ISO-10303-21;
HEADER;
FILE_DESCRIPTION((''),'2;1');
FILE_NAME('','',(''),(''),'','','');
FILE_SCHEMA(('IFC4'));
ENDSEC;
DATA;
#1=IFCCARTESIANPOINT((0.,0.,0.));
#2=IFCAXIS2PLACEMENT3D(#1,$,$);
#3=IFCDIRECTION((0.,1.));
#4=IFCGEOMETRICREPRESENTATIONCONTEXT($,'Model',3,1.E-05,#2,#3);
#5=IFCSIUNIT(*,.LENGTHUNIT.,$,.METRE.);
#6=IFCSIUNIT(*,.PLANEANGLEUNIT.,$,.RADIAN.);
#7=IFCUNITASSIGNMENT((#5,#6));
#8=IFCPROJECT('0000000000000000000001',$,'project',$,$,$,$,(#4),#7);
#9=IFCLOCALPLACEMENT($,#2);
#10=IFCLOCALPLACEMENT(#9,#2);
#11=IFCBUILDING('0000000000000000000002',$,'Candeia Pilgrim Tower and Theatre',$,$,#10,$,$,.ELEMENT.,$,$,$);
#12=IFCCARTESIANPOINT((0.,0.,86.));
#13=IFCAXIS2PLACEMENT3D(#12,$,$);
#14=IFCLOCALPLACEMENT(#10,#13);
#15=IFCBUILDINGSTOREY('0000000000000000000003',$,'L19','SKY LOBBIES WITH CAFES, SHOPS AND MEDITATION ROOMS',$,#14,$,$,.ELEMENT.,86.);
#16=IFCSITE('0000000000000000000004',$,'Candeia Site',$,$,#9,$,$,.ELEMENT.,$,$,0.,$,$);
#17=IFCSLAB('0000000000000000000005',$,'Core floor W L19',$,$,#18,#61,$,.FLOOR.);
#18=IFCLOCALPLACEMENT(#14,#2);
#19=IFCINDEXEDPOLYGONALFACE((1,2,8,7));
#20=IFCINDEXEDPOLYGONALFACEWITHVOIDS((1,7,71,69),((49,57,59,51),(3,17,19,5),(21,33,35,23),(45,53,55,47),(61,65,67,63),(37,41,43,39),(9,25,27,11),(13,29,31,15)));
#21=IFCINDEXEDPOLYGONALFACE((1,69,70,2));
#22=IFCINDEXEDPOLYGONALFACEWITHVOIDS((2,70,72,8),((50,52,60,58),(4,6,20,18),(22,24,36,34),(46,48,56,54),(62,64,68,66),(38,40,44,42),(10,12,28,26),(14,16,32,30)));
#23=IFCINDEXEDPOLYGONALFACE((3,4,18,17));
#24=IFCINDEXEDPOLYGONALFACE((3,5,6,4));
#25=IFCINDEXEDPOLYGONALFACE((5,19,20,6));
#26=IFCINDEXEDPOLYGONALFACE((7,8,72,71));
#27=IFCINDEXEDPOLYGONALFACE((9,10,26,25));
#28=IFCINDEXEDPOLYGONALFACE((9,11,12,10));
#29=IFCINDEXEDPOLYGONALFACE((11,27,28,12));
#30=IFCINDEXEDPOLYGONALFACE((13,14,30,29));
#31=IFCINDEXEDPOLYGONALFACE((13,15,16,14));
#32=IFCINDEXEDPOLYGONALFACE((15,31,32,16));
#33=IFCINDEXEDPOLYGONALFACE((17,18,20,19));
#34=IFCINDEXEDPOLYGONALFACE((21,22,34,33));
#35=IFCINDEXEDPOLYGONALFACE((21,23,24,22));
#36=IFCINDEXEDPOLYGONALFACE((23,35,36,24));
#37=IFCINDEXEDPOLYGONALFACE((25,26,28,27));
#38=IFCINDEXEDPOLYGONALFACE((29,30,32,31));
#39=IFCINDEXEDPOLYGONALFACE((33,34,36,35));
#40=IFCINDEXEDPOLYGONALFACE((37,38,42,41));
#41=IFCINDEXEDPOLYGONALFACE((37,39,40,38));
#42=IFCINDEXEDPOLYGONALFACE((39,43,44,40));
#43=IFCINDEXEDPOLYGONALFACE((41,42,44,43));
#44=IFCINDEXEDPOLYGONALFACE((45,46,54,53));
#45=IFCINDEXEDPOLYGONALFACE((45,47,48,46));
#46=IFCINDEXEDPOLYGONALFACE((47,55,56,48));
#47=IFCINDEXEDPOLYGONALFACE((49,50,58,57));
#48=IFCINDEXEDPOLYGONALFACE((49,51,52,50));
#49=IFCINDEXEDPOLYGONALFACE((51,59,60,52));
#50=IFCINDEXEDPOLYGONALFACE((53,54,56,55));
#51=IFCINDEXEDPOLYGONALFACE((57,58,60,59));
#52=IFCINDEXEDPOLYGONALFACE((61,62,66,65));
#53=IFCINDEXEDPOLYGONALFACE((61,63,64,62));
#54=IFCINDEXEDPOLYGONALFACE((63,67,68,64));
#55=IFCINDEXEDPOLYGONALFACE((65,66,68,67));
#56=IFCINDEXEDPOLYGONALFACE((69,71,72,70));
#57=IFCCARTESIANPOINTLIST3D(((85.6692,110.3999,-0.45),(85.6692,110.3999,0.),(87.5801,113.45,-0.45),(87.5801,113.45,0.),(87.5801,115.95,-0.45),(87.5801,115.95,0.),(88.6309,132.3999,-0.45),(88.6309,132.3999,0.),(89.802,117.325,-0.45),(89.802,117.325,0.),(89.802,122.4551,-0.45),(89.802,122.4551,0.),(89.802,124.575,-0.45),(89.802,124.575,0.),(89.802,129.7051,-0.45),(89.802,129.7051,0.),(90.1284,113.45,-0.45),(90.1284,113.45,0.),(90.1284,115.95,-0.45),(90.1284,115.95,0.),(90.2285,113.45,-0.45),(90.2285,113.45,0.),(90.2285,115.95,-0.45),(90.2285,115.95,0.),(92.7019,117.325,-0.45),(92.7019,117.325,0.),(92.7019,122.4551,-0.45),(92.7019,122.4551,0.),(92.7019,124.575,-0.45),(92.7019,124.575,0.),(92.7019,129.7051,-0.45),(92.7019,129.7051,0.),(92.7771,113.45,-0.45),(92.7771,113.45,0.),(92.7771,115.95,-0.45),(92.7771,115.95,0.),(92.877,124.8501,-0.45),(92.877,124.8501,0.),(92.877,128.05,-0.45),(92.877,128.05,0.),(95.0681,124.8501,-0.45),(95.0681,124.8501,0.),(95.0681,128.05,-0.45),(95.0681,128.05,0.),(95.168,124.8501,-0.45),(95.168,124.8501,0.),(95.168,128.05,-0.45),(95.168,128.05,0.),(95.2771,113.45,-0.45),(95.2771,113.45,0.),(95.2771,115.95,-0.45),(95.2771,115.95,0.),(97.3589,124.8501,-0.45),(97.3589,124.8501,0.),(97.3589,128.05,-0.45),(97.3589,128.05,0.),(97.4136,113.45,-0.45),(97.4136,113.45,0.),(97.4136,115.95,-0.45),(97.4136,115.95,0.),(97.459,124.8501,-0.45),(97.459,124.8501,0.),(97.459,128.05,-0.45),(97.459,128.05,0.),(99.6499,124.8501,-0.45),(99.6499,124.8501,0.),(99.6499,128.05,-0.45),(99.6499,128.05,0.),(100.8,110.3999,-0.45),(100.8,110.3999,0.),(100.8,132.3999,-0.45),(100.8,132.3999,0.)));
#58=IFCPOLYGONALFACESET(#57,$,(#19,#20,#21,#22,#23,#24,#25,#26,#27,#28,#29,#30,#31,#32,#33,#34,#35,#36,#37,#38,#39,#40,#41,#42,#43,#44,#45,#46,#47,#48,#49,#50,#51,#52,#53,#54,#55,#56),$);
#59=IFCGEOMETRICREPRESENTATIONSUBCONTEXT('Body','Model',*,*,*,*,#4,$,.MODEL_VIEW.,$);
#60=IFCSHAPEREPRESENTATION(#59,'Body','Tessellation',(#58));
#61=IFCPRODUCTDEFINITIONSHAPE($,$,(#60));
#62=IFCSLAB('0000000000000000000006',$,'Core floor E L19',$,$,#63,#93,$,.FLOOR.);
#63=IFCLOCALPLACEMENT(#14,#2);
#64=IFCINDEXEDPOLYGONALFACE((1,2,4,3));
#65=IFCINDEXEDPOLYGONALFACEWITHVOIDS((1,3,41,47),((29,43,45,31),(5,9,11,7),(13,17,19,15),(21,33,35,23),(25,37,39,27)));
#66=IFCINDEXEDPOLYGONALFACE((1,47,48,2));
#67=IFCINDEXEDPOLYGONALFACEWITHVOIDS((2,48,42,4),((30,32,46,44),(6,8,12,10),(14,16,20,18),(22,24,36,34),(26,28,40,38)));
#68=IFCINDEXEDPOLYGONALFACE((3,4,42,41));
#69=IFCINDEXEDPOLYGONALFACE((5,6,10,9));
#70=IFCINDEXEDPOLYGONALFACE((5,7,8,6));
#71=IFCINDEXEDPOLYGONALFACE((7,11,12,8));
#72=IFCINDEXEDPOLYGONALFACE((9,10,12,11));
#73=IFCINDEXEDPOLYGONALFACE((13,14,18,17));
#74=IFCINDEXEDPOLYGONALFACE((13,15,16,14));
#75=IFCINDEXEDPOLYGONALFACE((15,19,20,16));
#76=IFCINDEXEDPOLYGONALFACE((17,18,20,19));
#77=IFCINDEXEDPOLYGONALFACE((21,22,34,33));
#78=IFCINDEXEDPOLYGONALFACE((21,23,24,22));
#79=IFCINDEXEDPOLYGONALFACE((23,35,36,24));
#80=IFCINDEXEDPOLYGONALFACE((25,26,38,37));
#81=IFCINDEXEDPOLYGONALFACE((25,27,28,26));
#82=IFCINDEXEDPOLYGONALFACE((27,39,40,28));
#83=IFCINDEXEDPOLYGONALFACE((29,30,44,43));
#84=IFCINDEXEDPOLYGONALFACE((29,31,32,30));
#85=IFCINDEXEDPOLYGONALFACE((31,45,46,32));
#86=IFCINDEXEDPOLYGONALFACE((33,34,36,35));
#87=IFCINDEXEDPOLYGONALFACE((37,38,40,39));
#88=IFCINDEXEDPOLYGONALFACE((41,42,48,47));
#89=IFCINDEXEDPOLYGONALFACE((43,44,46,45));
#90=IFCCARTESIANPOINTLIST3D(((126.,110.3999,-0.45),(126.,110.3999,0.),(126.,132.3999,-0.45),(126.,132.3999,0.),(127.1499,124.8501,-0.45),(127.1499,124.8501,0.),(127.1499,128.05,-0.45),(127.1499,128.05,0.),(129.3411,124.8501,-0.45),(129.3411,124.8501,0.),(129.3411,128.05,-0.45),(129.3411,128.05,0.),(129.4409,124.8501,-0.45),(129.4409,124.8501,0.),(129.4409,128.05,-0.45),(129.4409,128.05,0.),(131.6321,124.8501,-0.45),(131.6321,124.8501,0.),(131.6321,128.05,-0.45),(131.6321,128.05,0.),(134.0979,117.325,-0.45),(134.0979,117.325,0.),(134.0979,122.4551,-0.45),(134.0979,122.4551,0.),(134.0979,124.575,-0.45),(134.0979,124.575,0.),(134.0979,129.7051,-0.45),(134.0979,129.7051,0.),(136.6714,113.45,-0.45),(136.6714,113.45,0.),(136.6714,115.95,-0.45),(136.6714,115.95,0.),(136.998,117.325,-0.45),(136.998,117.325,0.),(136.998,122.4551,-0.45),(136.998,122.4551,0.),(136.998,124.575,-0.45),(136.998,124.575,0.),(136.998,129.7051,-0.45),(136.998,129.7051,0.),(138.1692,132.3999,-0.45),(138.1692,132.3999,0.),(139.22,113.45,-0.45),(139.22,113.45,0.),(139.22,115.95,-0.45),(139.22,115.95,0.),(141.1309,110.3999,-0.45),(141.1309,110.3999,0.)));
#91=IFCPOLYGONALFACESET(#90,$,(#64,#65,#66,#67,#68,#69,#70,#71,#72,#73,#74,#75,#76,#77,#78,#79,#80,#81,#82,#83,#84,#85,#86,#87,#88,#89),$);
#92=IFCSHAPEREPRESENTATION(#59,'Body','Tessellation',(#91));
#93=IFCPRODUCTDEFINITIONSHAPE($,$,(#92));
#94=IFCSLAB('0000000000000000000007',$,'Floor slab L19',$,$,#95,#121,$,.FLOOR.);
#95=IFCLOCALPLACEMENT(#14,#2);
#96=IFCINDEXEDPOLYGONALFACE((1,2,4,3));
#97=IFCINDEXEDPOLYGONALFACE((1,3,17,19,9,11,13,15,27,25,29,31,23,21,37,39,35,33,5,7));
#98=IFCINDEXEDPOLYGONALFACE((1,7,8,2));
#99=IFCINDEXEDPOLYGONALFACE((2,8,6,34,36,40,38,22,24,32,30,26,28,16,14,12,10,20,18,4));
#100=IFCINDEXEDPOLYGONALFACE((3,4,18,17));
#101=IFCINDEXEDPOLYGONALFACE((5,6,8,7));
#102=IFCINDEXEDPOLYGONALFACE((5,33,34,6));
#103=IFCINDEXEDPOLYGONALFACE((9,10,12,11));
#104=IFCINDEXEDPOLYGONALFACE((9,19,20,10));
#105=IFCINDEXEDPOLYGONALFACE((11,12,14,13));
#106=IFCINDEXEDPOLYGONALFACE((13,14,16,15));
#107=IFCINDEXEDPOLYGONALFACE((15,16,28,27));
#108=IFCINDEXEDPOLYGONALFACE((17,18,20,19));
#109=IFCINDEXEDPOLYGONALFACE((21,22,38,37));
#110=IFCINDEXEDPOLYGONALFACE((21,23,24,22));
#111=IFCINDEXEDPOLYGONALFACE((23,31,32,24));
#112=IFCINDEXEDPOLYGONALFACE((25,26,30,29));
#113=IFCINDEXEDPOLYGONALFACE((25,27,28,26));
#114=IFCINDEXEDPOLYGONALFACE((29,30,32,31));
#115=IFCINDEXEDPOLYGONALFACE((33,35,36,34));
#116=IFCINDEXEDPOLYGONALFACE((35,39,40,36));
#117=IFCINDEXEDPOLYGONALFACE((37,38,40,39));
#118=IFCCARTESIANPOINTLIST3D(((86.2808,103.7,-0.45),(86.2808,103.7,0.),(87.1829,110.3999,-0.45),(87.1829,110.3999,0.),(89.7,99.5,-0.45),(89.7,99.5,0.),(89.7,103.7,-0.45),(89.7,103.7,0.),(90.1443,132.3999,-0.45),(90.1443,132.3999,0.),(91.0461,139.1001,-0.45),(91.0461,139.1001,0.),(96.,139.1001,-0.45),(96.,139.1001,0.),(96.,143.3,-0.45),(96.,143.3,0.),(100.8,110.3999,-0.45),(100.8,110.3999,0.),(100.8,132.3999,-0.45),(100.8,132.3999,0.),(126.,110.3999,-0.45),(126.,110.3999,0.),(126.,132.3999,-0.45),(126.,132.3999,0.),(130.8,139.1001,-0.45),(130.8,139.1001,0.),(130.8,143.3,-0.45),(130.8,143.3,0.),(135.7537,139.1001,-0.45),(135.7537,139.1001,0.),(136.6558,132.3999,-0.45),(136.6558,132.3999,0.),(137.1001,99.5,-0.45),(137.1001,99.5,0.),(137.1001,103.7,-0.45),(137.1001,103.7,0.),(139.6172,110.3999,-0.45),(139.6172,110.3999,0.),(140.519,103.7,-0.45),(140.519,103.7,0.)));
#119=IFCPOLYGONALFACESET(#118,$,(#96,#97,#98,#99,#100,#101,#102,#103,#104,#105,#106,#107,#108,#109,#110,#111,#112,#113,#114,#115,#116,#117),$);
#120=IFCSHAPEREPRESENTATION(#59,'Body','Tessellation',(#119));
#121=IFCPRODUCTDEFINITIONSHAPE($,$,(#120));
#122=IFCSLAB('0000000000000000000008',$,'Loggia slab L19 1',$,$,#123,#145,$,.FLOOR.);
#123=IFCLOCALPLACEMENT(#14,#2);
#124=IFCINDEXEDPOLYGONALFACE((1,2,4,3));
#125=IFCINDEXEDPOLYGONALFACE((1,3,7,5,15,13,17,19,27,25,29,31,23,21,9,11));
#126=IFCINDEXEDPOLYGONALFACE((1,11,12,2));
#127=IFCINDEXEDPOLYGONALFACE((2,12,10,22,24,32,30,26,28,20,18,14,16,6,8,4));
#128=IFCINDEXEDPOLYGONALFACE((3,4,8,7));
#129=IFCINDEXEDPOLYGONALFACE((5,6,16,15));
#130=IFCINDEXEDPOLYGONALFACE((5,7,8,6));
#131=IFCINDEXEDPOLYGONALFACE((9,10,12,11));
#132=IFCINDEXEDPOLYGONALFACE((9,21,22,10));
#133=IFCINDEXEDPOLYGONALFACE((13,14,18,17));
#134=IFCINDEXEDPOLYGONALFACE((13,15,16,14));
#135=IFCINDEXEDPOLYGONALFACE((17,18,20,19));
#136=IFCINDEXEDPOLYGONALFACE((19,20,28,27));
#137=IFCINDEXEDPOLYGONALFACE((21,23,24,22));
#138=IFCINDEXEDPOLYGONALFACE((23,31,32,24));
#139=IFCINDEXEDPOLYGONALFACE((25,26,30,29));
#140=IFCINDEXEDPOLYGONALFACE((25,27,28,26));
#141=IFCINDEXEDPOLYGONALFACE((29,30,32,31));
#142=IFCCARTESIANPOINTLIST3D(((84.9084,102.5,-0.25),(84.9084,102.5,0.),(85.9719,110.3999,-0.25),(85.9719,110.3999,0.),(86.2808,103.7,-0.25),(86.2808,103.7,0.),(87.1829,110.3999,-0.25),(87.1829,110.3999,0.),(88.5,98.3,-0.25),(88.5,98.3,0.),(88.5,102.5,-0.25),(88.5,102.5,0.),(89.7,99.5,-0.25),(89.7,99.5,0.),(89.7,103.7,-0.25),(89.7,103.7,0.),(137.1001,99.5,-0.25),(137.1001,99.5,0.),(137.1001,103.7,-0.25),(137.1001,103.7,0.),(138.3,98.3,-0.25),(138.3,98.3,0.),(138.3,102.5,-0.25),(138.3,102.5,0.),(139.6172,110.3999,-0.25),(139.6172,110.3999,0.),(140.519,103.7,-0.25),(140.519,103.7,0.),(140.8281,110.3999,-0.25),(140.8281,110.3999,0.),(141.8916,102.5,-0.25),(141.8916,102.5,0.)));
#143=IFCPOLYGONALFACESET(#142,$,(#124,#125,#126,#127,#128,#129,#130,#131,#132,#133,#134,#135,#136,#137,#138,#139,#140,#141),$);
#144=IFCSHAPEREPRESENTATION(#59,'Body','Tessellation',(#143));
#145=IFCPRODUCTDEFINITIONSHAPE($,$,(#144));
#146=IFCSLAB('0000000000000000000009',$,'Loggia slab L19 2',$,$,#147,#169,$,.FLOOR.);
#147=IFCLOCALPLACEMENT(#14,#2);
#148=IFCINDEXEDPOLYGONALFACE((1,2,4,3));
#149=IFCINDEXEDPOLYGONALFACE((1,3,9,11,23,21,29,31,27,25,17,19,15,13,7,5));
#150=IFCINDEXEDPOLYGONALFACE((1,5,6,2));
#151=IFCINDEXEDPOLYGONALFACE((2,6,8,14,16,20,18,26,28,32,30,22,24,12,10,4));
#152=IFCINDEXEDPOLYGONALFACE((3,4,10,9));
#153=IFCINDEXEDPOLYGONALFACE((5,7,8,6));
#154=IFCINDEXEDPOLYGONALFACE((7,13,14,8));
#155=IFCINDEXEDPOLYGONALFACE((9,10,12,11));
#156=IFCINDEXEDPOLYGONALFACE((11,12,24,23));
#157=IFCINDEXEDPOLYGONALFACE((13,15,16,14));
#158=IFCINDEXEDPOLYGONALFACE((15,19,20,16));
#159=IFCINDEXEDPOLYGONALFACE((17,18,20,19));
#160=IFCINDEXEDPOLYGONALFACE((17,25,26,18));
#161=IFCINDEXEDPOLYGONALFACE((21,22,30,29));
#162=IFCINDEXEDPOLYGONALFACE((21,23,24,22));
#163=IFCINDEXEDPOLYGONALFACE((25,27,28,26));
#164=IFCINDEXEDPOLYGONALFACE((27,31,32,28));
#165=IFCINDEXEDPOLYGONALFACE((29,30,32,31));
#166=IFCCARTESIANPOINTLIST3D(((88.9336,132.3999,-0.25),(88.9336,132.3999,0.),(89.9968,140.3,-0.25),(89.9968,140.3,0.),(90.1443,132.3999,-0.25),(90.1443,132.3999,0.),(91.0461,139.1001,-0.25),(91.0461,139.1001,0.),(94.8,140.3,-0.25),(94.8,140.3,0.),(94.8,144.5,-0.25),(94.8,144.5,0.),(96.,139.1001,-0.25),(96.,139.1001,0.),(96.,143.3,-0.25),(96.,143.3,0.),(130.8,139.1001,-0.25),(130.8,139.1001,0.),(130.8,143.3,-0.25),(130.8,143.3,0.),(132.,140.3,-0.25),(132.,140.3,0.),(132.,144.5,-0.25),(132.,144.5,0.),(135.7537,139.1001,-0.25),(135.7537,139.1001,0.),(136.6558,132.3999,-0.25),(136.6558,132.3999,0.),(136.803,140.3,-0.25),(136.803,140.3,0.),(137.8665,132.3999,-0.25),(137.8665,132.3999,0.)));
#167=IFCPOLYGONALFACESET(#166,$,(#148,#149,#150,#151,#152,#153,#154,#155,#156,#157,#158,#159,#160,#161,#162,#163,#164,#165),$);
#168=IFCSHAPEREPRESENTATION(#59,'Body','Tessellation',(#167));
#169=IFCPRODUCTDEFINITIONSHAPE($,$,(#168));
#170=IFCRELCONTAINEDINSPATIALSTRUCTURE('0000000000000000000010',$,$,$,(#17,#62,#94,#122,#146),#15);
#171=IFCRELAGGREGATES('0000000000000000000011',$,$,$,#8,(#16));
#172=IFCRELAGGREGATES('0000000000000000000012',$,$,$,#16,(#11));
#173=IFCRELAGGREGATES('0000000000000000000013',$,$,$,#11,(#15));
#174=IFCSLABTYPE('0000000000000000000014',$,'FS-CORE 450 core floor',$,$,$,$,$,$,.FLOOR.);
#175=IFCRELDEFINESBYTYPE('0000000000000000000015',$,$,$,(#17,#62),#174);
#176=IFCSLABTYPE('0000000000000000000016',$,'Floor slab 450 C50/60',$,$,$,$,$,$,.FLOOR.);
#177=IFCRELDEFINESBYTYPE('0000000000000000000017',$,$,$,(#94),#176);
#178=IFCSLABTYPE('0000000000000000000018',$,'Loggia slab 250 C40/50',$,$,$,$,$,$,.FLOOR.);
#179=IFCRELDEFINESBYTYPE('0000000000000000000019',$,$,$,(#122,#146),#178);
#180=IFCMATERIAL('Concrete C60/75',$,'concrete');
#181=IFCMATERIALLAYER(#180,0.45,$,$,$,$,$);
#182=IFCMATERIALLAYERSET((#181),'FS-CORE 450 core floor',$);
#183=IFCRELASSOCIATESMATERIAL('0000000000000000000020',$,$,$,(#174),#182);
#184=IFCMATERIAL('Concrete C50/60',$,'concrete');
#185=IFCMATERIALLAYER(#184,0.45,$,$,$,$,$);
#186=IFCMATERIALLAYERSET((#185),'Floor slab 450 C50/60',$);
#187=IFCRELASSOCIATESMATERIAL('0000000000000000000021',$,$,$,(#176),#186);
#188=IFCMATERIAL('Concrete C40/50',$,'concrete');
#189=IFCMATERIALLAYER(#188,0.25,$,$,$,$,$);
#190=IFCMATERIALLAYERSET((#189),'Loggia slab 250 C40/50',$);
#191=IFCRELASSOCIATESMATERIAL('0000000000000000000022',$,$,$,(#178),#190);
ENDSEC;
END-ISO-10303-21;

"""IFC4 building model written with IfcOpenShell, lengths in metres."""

from ifc_helpers import new_model, si_unit, direction, frame, origin, place, context, subcontext, project, spatial, polyline, outline, extrude, material, layer, layer_set, type_object, element, save


model = new_model("IFC4")

# Units and contexts
model_context = context("Model", 3, precision=1e-05, world=origin(), true_north=direction((0.0, 1.0)))
body_context = subcontext(model_context, "Body", "Model", "MODEL_VIEW")
ifc_project = project(units=[si_unit("LENGTHUNIT", "METRE"), si_unit("PLANEANGLEUNIT", "RADIAN")], contexts=[model_context])

# Site, building, storey
site_placement = place(None, origin())
site = spatial("IfcSite", under=ifc_project, at=site_placement, Name="Candeia Site", CompositionType="ELEMENT", RefElevation=0.0)
building_placement = place(site_placement, origin())
building = spatial("IfcBuilding", under=site, at=building_placement, Name="Candeia Pilgrim Tower and Theatre", CompositionType="ELEMENT")
storey_placement = place(building_placement, frame((0.0, 0.0, 86.0)))
storey = spatial("IfcBuildingStorey", under=building, at=storey_placement, Name="L19", Description="SKY LOBBIES WITH CAFES, SHOPS AND MEDITATION ROOMS", CompositionType="ELEMENT", Elevation=86.0)

# Slabs
ifc_material_1 = material(Name="Concrete C60/75", Category="concrete")
ifc_layer_1 = layer(ifc_material_1, 0.45)
ifc_layer_set_1 = layer_set([ifc_layer_1], Name="FS-CORE 450 core floor")
slab_type_1 = type_object("IfcSlabType", Name="FS-CORE 450 core floor", PredefinedType="FLOOR", material=ifc_layer_set_1)
slab_1_placement = place(storey_placement, frame((0.0, 0.0, -0.45)))
element("IfcSlab", 1, at=slab_1_placement, inside=storey, type_object=slab_type_1, Name="Core floor W L19", PredefinedType="FLOOR", context=body_context, shape_type="SweptSolid", body=[
    extrude(outline(polyline([(100.8, 132.3999), (100.8, 110.3999), (85.6692, 110.3999), (88.6309, 132.3999), (100.8, 132.3999)]), holes=[polyline([(97.459, 128.05), (97.459, 124.8501), (99.6499, 124.8501), (99.6499, 128.05), (97.459, 128.05)]), polyline([(95.2771, 115.95), (95.2771, 113.45), (97.4136, 113.45), (97.4136, 115.95), (95.2771, 115.95)]), polyline([(95.168, 128.05), (95.168, 124.8501), (97.3589, 124.8501), (97.3589, 128.05), (95.168, 128.05)]), polyline([(92.877, 128.05), (92.877, 124.8501), (95.0681, 124.8501), (95.0681, 128.05), (92.877, 128.05)]), polyline([(90.2285, 115.95), (90.2285, 113.45), (92.7771, 113.45), (92.7771, 115.95), (90.2285, 115.95)]), polyline([(89.802, 122.4551), (89.802, 117.325), (92.7019, 117.325), (92.7019, 122.4551), (89.802, 122.4551)]), polyline([(89.802, 129.7051), (89.802, 124.575), (92.7019, 124.575), (92.7019, 129.7051), (89.802, 129.7051)]), polyline([(87.5801, 115.95), (87.5801, 113.45), (90.1284, 113.45), (90.1284, 115.95), (87.5801, 115.95)])]), origin(), (0.0, 0.0, 1.0), 0.45),
])
slab_2_placement = place(storey_placement, frame((0.0, 0.0, -0.45)))
element("IfcSlab", 2, at=slab_2_placement, inside=storey, type_object=slab_type_1, Name="Core floor E L19", PredefinedType="FLOOR", context=body_context, shape_type="SweptSolid", body=[
    extrude(outline(polyline([(138.1692, 132.3999), (141.1309, 110.3999), (126.0, 110.3999), (126.0, 132.3999), (138.1692, 132.3999)]), holes=[polyline([(136.6714, 115.95), (136.6714, 113.45), (139.22, 113.45), (139.22, 115.95), (136.6714, 115.95)]), polyline([(134.0979, 117.325), (136.998, 117.325), (136.998, 122.4551), (134.0979, 122.4551), (134.0979, 117.325)]), polyline([(134.0979, 129.7051), (134.0979, 124.575), (136.998, 124.575), (136.998, 129.7051), (134.0979, 129.7051)]), polyline([(131.6321, 128.05), (129.4409, 128.05), (129.4409, 124.8501), (131.6321, 124.8501), (131.6321, 128.05)]), polyline([(127.1499, 128.05), (127.1499, 124.8501), (129.3411, 124.8501), (129.3411, 128.05), (127.1499, 128.05)])]), origin(), (0.0, 0.0, 1.0), 0.45),
])
ifc_material_2 = material(Name="Concrete C50/60", Category="concrete")
ifc_layer_2 = layer(ifc_material_2, 0.45)
ifc_layer_set_2 = layer_set([ifc_layer_2], Name="Floor slab 450 C50/60")
slab_type_2 = type_object("IfcSlabType", Name="Floor slab 450 C50/60", PredefinedType="FLOOR", material=ifc_layer_set_2)
slab_3_placement = place(storey_placement, frame((0.0, 0.0, -0.45)))
element("IfcSlab", 3, at=slab_3_placement, inside=storey, type_object=slab_type_2, Name="Floor slab L19", PredefinedType="FLOOR", context=body_context, shape_type="SweptSolid", body=[
    extrude(outline(polyline([(96.0, 139.1001), (96.0, 143.3), (130.8, 143.3), (130.8, 139.1001), (135.7537, 139.1001), (136.6558, 132.3999), (126.0, 132.3999), (126.0, 110.3999), (139.6172, 110.3999), (140.519, 103.7), (137.1001, 103.7), (137.1001, 99.5), (89.7, 99.5), (89.7, 103.7), (86.2808, 103.7), (87.1829, 110.3999), (100.8, 110.3999), (100.8, 132.3999), (90.1443, 132.3999), (91.0461, 139.1001), (96.0, 139.1001)])), origin(), (0.0, 0.0, 1.0), 0.45),
])
ifc_material_3 = material(Name="Concrete C40/50", Category="concrete")
ifc_layer_3 = layer(ifc_material_3, 0.25)
ifc_layer_set_3 = layer_set([ifc_layer_3], Name="Loggia slab 250 C40/50")
slab_type_3 = type_object("IfcSlabType", Name="Loggia slab 250 C40/50", PredefinedType="FLOOR", material=ifc_layer_set_3)
slab_4_placement = place(storey_placement, frame((0.0, 0.0, -0.25)))
element("IfcSlab", 4, at=slab_4_placement, inside=storey, type_object=slab_type_3, Name="Loggia slab L19 1", PredefinedType="FLOOR", context=body_context, shape_type="SweptSolid", body=[
    extrude(outline(polyline([(87.1829, 110.3999), (86.2808, 103.7), (89.7, 103.7), (89.7, 99.5), (137.1001, 99.5), (137.1001, 103.7), (140.519, 103.7), (139.6172, 110.3999), (140.8281, 110.3999), (141.8916, 102.5), (138.3, 102.5), (138.3, 98.3), (88.5, 98.3), (88.5, 102.5), (84.9084, 102.5), (85.9719, 110.3999), (87.1829, 110.3999)])), origin(), (0.0, 0.0, 1.0), 0.25),
])
slab_5_placement = place(storey_placement, frame((0.0, 0.0, -0.25)))
element("IfcSlab", 5, at=slab_5_placement, inside=storey, type_object=slab_type_3, Name="Loggia slab L19 2", PredefinedType="FLOOR", context=body_context, shape_type="SweptSolid", body=[
    extrude(outline(polyline([(136.6558, 132.3999), (135.7537, 139.1001), (130.8, 139.1001), (130.8, 143.3), (96.0, 143.3), (96.0, 139.1001), (91.0461, 139.1001), (90.1443, 132.3999), (88.9336, 132.3999), (89.9968, 140.3), (94.8, 140.3), (94.8, 144.5), (132.0, 144.5), (132.0, 140.3), (136.803, 140.3), (137.8665, 132.3999), (136.6558, 132.3999)])), origin(), (0.0, 0.0, 1.0), 0.25),
])

save(model, "model.ifc")
